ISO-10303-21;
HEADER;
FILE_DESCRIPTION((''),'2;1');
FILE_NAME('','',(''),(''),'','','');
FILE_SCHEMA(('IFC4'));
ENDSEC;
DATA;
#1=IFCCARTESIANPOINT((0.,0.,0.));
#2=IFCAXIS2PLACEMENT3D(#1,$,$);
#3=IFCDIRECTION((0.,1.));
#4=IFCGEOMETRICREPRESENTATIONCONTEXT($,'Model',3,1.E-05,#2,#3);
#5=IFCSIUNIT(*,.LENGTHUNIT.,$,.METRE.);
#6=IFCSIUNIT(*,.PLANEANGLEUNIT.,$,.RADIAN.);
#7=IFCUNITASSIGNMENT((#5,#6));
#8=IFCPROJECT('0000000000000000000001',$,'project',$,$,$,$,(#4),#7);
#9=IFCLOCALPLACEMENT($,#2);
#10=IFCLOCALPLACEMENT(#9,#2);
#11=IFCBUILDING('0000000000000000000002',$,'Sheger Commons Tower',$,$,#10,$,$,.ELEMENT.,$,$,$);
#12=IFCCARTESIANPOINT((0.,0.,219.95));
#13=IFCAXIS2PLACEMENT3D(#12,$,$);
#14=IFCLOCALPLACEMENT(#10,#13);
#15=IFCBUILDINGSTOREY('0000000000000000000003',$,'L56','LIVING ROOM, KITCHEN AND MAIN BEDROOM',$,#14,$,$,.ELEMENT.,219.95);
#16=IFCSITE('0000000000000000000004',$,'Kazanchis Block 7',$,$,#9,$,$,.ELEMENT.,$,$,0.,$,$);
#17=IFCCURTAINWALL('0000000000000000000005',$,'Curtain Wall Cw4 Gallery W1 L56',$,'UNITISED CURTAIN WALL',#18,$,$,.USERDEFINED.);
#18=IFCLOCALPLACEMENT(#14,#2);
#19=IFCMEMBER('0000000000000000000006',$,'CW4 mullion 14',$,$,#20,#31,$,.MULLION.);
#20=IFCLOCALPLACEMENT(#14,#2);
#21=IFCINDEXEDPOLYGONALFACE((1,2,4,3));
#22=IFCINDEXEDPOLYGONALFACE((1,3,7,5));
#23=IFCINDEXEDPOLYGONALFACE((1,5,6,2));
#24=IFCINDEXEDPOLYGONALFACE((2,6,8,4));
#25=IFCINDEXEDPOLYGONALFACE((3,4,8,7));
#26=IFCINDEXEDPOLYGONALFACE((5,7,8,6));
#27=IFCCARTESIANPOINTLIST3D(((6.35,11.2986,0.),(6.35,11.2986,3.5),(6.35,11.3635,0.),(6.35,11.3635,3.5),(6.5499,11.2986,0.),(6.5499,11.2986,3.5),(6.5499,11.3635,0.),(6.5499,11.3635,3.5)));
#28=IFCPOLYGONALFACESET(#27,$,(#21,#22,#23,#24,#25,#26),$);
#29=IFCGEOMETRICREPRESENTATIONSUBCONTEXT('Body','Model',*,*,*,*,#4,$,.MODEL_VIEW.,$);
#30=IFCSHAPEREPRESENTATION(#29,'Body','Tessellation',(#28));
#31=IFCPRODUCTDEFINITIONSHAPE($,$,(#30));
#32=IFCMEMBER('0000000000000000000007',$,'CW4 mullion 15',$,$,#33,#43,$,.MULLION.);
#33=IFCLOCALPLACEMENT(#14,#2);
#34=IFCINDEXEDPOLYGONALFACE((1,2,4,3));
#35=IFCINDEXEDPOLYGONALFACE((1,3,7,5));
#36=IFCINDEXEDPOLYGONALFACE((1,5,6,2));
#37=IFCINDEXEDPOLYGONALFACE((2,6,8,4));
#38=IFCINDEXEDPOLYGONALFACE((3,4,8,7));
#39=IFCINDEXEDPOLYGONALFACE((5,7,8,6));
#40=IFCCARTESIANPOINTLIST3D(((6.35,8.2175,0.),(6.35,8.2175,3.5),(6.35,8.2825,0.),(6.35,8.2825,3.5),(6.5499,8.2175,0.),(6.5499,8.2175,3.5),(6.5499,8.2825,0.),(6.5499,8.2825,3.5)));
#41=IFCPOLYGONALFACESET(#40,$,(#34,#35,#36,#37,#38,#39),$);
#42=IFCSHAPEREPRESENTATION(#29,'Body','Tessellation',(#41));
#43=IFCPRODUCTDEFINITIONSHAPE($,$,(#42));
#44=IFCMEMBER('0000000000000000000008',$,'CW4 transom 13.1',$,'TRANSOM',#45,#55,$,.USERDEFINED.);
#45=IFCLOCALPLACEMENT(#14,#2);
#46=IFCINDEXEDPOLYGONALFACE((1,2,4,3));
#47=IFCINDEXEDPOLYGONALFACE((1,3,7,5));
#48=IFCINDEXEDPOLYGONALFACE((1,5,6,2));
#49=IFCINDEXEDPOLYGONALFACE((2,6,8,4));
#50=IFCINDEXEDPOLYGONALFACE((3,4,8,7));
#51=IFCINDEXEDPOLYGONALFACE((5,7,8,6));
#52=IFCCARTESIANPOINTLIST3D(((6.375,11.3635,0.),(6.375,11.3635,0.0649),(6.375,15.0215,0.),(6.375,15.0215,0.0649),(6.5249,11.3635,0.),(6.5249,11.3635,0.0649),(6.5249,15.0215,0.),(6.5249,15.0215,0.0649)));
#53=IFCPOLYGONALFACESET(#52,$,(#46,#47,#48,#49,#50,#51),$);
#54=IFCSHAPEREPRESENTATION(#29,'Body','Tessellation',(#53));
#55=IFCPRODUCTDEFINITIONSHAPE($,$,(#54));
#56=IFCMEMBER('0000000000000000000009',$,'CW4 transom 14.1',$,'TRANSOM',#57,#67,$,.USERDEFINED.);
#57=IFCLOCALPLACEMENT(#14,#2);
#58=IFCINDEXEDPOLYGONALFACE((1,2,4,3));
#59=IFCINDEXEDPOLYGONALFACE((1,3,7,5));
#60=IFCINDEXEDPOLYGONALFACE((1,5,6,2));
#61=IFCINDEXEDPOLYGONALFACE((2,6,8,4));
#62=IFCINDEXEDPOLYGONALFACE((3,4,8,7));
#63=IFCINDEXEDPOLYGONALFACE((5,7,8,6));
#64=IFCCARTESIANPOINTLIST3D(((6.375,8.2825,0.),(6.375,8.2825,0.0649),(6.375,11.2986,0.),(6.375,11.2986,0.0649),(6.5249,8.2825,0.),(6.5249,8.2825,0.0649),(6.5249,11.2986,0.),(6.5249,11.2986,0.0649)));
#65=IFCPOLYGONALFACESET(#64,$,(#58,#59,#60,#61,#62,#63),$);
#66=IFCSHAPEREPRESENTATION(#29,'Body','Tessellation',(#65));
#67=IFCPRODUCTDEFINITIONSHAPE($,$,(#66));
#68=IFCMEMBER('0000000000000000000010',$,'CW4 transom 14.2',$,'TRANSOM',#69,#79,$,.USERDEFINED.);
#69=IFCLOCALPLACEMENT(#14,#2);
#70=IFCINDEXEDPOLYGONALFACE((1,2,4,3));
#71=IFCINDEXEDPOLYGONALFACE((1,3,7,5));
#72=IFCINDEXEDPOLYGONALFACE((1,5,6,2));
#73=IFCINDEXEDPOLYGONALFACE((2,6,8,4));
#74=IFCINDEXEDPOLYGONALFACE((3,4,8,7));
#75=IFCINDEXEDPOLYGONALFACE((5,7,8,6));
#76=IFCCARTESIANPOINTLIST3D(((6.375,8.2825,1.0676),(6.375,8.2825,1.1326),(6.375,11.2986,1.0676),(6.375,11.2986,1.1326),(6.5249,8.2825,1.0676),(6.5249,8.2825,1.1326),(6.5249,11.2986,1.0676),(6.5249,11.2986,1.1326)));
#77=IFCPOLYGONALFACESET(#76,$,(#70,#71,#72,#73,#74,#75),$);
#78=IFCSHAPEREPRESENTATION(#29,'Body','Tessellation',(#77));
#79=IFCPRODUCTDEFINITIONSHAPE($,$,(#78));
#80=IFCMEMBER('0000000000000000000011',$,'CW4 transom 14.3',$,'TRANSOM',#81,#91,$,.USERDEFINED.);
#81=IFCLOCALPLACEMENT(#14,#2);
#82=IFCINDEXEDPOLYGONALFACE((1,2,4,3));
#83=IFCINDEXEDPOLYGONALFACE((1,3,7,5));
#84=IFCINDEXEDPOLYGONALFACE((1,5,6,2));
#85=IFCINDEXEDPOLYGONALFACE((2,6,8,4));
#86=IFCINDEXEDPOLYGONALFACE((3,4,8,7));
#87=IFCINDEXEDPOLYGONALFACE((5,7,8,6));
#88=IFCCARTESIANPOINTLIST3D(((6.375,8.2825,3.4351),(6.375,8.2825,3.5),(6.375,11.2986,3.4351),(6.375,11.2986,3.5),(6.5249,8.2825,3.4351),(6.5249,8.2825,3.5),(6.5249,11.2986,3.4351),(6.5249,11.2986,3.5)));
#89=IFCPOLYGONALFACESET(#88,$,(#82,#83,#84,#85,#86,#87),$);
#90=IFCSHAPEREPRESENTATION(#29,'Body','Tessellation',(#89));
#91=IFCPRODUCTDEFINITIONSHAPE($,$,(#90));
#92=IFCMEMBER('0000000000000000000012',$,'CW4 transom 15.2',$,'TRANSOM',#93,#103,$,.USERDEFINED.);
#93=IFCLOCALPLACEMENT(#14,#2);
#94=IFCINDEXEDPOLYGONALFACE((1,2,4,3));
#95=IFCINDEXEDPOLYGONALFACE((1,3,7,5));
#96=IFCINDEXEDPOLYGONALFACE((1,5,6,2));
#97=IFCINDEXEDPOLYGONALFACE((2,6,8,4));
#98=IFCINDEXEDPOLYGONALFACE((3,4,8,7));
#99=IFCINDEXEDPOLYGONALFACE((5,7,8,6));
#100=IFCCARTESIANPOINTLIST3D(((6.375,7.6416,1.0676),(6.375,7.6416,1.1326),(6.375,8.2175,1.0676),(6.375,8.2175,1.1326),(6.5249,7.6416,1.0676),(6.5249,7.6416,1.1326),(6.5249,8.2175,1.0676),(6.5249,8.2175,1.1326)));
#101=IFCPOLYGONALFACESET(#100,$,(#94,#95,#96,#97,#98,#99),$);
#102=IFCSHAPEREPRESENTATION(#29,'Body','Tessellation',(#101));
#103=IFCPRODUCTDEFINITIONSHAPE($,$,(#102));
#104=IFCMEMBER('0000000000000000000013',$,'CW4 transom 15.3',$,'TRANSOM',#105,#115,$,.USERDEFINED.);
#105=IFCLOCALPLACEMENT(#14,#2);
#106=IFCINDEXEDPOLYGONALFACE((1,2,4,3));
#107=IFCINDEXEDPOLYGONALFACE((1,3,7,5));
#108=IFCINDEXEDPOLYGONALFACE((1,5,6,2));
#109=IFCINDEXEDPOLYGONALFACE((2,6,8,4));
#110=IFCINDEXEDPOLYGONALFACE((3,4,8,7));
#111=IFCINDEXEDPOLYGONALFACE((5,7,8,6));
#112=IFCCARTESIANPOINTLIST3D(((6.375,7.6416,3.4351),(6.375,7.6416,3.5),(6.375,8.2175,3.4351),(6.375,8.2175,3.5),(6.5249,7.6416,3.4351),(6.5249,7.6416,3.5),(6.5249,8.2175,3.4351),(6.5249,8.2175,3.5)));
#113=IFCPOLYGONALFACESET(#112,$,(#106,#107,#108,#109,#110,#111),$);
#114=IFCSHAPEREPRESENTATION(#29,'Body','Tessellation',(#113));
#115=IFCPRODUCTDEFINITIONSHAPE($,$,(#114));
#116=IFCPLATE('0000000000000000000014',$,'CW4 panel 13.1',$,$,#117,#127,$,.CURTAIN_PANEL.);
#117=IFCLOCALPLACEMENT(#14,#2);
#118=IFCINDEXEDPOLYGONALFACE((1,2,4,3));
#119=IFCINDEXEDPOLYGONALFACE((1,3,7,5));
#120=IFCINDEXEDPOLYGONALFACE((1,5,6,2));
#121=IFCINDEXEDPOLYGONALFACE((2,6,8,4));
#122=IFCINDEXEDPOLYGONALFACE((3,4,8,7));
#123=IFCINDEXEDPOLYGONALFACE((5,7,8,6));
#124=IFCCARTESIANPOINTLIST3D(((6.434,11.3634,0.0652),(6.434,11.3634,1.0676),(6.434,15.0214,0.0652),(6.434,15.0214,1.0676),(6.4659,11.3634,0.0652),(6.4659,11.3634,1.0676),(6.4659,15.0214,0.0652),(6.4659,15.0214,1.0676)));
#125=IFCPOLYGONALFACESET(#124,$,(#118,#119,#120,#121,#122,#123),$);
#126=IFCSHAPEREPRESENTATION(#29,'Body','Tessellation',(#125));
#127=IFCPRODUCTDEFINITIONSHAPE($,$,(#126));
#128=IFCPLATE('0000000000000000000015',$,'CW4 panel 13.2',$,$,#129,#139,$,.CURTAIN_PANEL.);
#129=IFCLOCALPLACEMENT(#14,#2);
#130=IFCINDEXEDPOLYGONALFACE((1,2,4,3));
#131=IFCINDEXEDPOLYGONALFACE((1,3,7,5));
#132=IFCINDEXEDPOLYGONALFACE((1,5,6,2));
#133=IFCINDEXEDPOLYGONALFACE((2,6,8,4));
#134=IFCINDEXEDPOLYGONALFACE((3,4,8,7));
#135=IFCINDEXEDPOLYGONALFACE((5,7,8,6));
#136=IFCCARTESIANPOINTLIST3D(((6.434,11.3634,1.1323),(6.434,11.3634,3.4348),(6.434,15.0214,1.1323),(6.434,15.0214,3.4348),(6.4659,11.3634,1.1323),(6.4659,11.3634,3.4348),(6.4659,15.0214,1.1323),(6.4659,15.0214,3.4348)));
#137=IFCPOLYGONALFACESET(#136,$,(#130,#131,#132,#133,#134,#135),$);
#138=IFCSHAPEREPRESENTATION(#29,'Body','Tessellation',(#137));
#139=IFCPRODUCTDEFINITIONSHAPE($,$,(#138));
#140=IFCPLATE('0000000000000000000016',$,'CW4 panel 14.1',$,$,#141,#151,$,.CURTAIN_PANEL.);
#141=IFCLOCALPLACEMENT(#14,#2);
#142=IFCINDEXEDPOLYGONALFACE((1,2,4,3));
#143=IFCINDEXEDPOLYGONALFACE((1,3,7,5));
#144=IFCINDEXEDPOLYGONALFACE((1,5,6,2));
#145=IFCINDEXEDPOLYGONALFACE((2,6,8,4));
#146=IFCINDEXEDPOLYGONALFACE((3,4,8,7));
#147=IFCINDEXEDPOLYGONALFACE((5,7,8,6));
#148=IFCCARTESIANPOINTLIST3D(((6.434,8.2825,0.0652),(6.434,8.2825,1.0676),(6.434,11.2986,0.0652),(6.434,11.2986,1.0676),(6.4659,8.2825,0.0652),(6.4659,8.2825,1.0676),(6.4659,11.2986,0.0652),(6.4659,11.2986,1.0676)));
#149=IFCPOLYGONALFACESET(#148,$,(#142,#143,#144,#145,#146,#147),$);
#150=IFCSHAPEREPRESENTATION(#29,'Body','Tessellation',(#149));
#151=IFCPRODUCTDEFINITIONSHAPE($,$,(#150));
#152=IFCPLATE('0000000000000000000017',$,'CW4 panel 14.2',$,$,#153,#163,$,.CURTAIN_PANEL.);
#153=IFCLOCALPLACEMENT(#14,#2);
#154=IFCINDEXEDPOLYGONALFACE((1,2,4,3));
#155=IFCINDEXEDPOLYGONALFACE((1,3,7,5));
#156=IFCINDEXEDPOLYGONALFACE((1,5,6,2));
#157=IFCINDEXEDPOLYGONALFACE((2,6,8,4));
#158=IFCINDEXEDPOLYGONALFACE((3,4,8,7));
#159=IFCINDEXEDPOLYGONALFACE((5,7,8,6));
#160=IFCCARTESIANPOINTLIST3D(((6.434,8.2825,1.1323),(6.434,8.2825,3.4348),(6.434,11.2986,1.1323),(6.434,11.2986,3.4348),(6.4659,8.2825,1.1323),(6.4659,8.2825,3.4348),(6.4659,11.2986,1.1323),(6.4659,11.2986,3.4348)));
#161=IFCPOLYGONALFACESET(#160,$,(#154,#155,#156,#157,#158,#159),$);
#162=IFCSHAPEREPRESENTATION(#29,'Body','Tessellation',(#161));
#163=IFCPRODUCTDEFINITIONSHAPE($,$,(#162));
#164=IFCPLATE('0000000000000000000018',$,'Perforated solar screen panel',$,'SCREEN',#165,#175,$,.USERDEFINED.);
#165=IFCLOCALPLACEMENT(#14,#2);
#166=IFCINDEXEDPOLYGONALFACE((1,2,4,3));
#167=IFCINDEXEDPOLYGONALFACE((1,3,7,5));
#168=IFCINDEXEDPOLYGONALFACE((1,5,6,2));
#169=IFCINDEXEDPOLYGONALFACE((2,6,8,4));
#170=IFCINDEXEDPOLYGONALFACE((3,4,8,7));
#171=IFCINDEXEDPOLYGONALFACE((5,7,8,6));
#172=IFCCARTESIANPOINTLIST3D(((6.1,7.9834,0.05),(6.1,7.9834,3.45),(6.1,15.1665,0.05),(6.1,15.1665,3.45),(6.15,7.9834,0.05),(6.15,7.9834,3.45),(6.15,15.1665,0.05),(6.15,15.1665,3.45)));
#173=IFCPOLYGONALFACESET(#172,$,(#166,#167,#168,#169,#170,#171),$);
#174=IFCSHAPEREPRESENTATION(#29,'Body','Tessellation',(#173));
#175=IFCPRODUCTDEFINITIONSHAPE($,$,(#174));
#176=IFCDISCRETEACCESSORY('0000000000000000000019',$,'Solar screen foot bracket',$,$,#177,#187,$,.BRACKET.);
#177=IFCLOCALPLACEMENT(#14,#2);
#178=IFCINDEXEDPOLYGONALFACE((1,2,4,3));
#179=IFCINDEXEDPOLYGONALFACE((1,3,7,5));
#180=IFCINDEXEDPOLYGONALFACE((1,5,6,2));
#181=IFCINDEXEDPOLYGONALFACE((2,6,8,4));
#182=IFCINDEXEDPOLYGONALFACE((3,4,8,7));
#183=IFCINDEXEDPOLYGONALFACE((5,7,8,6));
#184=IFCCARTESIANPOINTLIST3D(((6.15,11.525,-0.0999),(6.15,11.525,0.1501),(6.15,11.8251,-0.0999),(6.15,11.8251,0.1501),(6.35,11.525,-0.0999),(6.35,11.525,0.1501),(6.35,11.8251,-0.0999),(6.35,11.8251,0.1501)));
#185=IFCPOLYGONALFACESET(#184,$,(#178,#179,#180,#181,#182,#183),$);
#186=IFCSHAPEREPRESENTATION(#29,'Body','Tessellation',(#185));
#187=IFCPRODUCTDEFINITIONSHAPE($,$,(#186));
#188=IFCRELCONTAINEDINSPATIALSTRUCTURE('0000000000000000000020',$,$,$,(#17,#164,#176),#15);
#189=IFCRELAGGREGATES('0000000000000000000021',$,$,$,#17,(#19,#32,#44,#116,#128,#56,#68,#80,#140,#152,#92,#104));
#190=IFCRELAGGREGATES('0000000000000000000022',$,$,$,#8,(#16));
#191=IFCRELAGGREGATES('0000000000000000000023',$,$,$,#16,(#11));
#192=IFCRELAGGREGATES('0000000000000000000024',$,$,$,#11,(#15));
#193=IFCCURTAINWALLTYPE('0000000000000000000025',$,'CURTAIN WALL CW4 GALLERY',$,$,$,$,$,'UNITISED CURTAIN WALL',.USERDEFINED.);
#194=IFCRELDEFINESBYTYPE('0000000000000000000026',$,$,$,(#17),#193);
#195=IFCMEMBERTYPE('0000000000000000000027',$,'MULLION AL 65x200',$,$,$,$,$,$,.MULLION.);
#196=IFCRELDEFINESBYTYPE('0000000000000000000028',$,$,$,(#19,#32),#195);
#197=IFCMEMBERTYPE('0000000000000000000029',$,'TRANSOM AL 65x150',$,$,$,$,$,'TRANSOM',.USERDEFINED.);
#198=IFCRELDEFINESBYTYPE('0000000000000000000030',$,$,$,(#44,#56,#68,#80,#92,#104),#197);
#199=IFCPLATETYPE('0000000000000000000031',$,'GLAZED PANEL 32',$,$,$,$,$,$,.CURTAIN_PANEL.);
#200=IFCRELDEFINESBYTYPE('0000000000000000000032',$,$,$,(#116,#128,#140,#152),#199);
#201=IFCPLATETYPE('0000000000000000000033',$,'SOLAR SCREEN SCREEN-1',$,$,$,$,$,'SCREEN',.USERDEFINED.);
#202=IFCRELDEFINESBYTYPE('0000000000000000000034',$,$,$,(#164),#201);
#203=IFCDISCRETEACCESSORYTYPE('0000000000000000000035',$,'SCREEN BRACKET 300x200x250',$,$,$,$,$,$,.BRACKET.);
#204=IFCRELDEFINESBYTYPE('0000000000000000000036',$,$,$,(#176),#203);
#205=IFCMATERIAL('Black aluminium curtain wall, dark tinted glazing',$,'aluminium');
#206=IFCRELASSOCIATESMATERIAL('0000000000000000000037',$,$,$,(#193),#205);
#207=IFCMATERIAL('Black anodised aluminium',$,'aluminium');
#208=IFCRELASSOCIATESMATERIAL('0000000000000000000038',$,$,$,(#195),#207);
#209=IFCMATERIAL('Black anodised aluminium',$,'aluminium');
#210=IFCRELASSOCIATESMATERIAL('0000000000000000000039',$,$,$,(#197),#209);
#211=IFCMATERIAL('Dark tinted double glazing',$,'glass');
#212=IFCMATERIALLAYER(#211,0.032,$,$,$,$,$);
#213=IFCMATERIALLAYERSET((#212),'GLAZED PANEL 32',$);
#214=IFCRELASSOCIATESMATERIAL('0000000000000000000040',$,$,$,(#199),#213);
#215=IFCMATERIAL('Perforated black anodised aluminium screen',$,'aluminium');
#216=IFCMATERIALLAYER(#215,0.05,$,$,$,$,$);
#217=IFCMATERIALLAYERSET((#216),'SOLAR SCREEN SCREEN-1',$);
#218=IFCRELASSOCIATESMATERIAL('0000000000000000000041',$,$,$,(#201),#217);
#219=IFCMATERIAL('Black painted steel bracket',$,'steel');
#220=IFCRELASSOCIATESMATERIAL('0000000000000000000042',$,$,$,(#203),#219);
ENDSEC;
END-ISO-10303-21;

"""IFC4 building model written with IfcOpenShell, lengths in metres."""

from ifc_helpers import new_model, si_unit, direction, frame, origin, origin_2d, place, context, subcontext, project, spatial, rectangle, extrude, material, layer, layer_set, material_profile, profile_set, type_object, element, aggregate, save


model = new_model("IFC4")

# Units and contexts
model_context = context("Model", 3, precision=1e-05, world=origin(), true_north=direction((0.0, 1.0)))
body_context = subcontext(model_context, "Body", "Model", "MODEL_VIEW")
ifc_project = project(units=[si_unit("LENGTHUNIT", "METRE"), si_unit("PLANEANGLEUNIT", "RADIAN")], contexts=[model_context])

# Site, building, storey
site_placement = place(None, origin())
site = spatial("IfcSite", under=ifc_project, at=site_placement, Name="Kazanchis Block 7", CompositionType="ELEMENT", RefElevation=0.0)
building_placement = place(site_placement, origin())
building = spatial("IfcBuilding", under=site, at=building_placement, Name="Sheger Commons Tower", CompositionType="ELEMENT")
storey_placement = place(building_placement, frame((0.0, 0.0, 219.95)))
storey = spatial("IfcBuildingStorey", under=building, at=storey_placement, Name="L56", Description="LIVING ROOM, KITCHEN AND MAIN BEDROOM", CompositionType="ELEMENT", Elevation=219.95)

# Curtain wall, members, plates
ifc_material_1 = material(Name="Black aluminium curtain wall, dark tinted glazing", Category="aluminium")
curtain_wall_type = type_object("IfcCurtainWallType", Name="CURTAIN WALL CW4 GALLERY", ElementType="UNITISED CURTAIN WALL", PredefinedType="USERDEFINED", material=ifc_material_1)
curtain_wall_placement = place(storey_placement, origin())
curtain_wall = element("IfcCurtainWall", 1, at=curtain_wall_placement, inside=storey, type_object=curtain_wall_type, Name="Curtain Wall Cw4 Gallery W1 L56", ObjectType="UNITISED CURTAIN WALL", PredefinedType="USERDEFINED")
ifc_material_2 = material(Name="Black anodised aluminium", Category="aluminium")
ifc_material_profile_1 = material_profile(ifc_material_2, rectangle(XDim=0.2, YDim=0.0649, at=origin_2d()), Name="AL 65x200")
ifc_profile_set_1 = profile_set([ifc_material_profile_1], Name="Black anodised aluminium")
member_type_1 = type_object("IfcMemberType", Name="MULLION AL 65x200", PredefinedType="MULLION", material=ifc_profile_set_1)
member_1_placement = place(storey_placement, frame((6.45, 11.3311, 0.0), z_axis=(0.0, 0.0, 1.0), x_axis=(1.0, 0.0, 0.0)))
member_1 = element("IfcMember", 2, at=member_1_placement, type_object=member_type_1, Name="CW4 mullion 14", PredefinedType="MULLION", context=body_context, shape_type="SweptSolid", body=[
    extrude(rectangle(XDim=0.2, YDim=0.0649, at=origin_2d()), origin(), (0.0, 0.0, 1.0), 3.5),
])
member_2_placement = place(storey_placement, frame((6.45, 8.25, 0.0), z_axis=(0.0, 0.0, 1.0), x_axis=(1.0, 0.0, 0.0)))
member_2 = element("IfcMember", 3, at=member_2_placement, type_object=member_type_1, Name="CW4 mullion 15", PredefinedType="MULLION", context=body_context, shape_type="SweptSolid", body=[
    extrude(rectangle(XDim=0.2, YDim=0.0649, at=origin_2d()), origin(), (0.0, 0.0, 1.0), 3.5),
])
ifc_material_3 = material(Name="Black anodised aluminium", Category="aluminium")
ifc_material_profile_2 = material_profile(ifc_material_3, rectangle(XDim=0.1499, YDim=0.0649, at=origin_2d()), Name="AL 65x150")
ifc_profile_set_2 = profile_set([ifc_material_profile_2], Name="Black anodised aluminium")
member_type_2 = type_object("IfcMemberType", Name="TRANSOM AL 65x150", ElementType="TRANSOM", PredefinedType="USERDEFINED", material=ifc_profile_set_2)
member_3_placement = place(storey_placement, frame((6.45, 15.0215, 0.0325), z_axis=(0.0, -1.0, 0.0), x_axis=(1.0, 0.0, 0.0)))
member_3 = element("IfcMember", 4, at=member_3_placement, type_object=member_type_2, Name="CW4 transom 13.1", ObjectType="TRANSOM", PredefinedType="USERDEFINED", context=body_context, shape_type="SweptSolid", body=[
    extrude(rectangle(XDim=0.1499, YDim=0.0649, at=origin_2d()), origin(), (0.0, 0.0, 1.0), 3.658),
])
member_4_placement = place(storey_placement, frame((6.45, 11.2986, 0.0325), z_axis=(0.0, -1.0, 0.0), x_axis=(1.0, 0.0, 0.0)))
member_4 = element("IfcMember", 5, at=member_4_placement, type_object=member_type_2, Name="CW4 transom 14.1", ObjectType="TRANSOM", PredefinedType="USERDEFINED", context=body_context, shape_type="SweptSolid", body=[
    extrude(rectangle(XDim=0.1499, YDim=0.0649, at=origin_2d()), origin(), (0.0, 0.0, 1.0), 3.0161),
])
member_5_placement = place(storey_placement, frame((6.45, 11.2986, 1.1001), z_axis=(0.0, -1.0, 0.0), x_axis=(1.0, 0.0, 0.0)))
member_5 = element("IfcMember", 6, at=member_5_placement, type_object=member_type_2, Name="CW4 transom 14.2", ObjectType="TRANSOM", PredefinedType="USERDEFINED", context=body_context, shape_type="SweptSolid", body=[
    extrude(rectangle(XDim=0.1499, YDim=0.0649, at=origin_2d()), origin(), (0.0, 0.0, 1.0), 3.0161),
])
member_6_placement = place(storey_placement, frame((6.45, 11.2986, 3.4675), z_axis=(0.0, -1.0, 0.0), x_axis=(1.0, 0.0, 0.0)))
member_6 = element("IfcMember", 7, at=member_6_placement, type_object=member_type_2, Name="CW4 transom 14.3", ObjectType="TRANSOM", PredefinedType="USERDEFINED", context=body_context, shape_type="SweptSolid", body=[
    extrude(rectangle(XDim=0.1499, YDim=0.0649, at=origin_2d()), origin(), (0.0, 0.0, 1.0), 3.0161),
])
member_7_placement = place(storey_placement, frame((6.45, 8.2175, 1.1001), z_axis=(0.0, -1.0, 0.0), x_axis=(1.0, 0.0, 0.0)))
member_7 = element("IfcMember", 8, at=member_7_placement, type_object=member_type_2, Name="CW4 transom 15.2", ObjectType="TRANSOM", PredefinedType="USERDEFINED", context=body_context, shape_type="SweptSolid", body=[
    extrude(rectangle(XDim=0.1499, YDim=0.0649, at=origin_2d()), origin(), (0.0, 0.0, 1.0), 0.5759),
])
member_8_placement = place(storey_placement, frame((6.45, 8.2175, 3.4675), z_axis=(0.0, -1.0, 0.0), x_axis=(1.0, 0.0, 0.0)))
member_8 = element("IfcMember", 9, at=member_8_placement, type_object=member_type_2, Name="CW4 transom 15.3", ObjectType="TRANSOM", PredefinedType="USERDEFINED", context=body_context, shape_type="SweptSolid", body=[
    extrude(rectangle(XDim=0.1499, YDim=0.0649, at=origin_2d()), origin(), (0.0, 0.0, 1.0), 0.5759),
])
ifc_material_4 = material(Name="Dark tinted double glazing", Category="glass")
ifc_layer_1 = layer(ifc_material_4, 0.032)
ifc_layer_set_1 = layer_set([ifc_layer_1], Name="GLAZED PANEL 32")
plate_type_1 = type_object("IfcPlateType", Name="GLAZED PANEL 32", PredefinedType="CURTAIN_PANEL", material=ifc_layer_set_1)
plate_1_placement = place(storey_placement, frame((6.45, 13.1924, 0.0652), z_axis=(0.0, 0.0, 1.0), x_axis=(0.0, -1.0, 0.0)))
plate_1 = element("IfcPlate", 10, at=plate_1_placement, type_object=plate_type_1, Name="CW4 panel 13.1", PredefinedType="CURTAIN_PANEL", context=body_context, shape_type="SweptSolid", body=[
    extrude(rectangle(XDim=3.658, YDim=0.032, at=origin_2d()), origin(), (0.0, 0.0, 1.0), 1.0024),
])
plate_2_placement = place(storey_placement, frame((6.45, 13.1924, 1.1323), z_axis=(0.0, 0.0, 1.0), x_axis=(0.0, -1.0, 0.0)))
plate_2 = element("IfcPlate", 11, at=plate_2_placement, type_object=plate_type_1, Name="CW4 panel 13.2", PredefinedType="CURTAIN_PANEL", context=body_context, shape_type="SweptSolid", body=[
    extrude(rectangle(XDim=3.658, YDim=0.032, at=origin_2d()), origin(), (0.0, 0.0, 1.0), 2.3025),
])
plate_3_placement = place(storey_placement, frame((6.45, 9.7905, 0.0652), z_axis=(0.0, 0.0, 1.0), x_axis=(0.0, -1.0, 0.0)))
plate_3 = element("IfcPlate", 12, at=plate_3_placement, type_object=plate_type_1, Name="CW4 panel 14.1", PredefinedType="CURTAIN_PANEL", context=body_context, shape_type="SweptSolid", body=[
    extrude(rectangle(XDim=3.0161, YDim=0.032, at=origin_2d()), origin(), (0.0, 0.0, 1.0), 1.0024),
])
plate_4_placement = place(storey_placement, frame((6.45, 9.7905, 1.1323), z_axis=(0.0, 0.0, 1.0), x_axis=(0.0, -1.0, 0.0)))
plate_4 = element("IfcPlate", 13, at=plate_4_placement, type_object=plate_type_1, Name="CW4 panel 14.2", PredefinedType="CURTAIN_PANEL", context=body_context, shape_type="SweptSolid", body=[
    extrude(rectangle(XDim=3.0161, YDim=0.032, at=origin_2d()), origin(), (0.0, 0.0, 1.0), 2.3025),
])
aggregate(curtain_wall, [member_1, member_2, member_3, plate_1, plate_2, member_4, member_5, member_6, plate_3, plate_4, member_7, member_8])

# Plate
ifc_material_5 = material(Name="Perforated black anodised aluminium screen", Category="aluminium")
ifc_layer_2 = layer(ifc_material_5, 0.05)
ifc_layer_set_2 = layer_set([ifc_layer_2], Name="SOLAR SCREEN SCREEN-1")
plate_type_2 = type_object("IfcPlateType", Name="SOLAR SCREEN SCREEN-1", ElementType="SCREEN", PredefinedType="USERDEFINED", material=ifc_layer_set_2)
plate_5_placement = place(storey_placement, frame((6.125, 11.575, 0.05), z_axis=(0.0, 0.0, 1.0), x_axis=(0.0, -1.0, 0.0)))
element("IfcPlate", 14, at=plate_5_placement, inside=storey, type_object=plate_type_2, Name="Perforated solar screen panel", ObjectType="SCREEN", PredefinedType="USERDEFINED", context=body_context, shape_type="SweptSolid", body=[
    extrude(rectangle(XDim=7.1831, YDim=0.05, at=origin_2d()), origin(), (0.0, 0.0, 1.0), 3.3999),
])

# Discrete accessory
ifc_material_6 = material(Name="Black painted steel bracket", Category="steel")
discrete_accessory_type = type_object("IfcDiscreteAccessoryType", Name="SCREEN BRACKET 300x200x250", PredefinedType="BRACKET", material=ifc_material_6)
for number, where, z_axis, x_axis, name in (
    (15, (6.25, 11.675, -0.0999), (0.0, 0.0, 1.0), (0.0, -1.0, 0.0), "Solar screen foot bracket"),
):
    element("IfcDiscreteAccessory", number, at=place(storey_placement, frame(where, z_axis=z_axis, x_axis=x_axis)), inside=storey, type_object=discrete_accessory_type, Name=name, PredefinedType="BRACKET", context=body_context, shape_type="SweptSolid", body=[
        extrude(rectangle(XDim=0.3, YDim=0.2, at=origin_2d()), origin(), (0.0, 0.0, 1.0), 0.25),
    ])

save(model, "model.ifc")
